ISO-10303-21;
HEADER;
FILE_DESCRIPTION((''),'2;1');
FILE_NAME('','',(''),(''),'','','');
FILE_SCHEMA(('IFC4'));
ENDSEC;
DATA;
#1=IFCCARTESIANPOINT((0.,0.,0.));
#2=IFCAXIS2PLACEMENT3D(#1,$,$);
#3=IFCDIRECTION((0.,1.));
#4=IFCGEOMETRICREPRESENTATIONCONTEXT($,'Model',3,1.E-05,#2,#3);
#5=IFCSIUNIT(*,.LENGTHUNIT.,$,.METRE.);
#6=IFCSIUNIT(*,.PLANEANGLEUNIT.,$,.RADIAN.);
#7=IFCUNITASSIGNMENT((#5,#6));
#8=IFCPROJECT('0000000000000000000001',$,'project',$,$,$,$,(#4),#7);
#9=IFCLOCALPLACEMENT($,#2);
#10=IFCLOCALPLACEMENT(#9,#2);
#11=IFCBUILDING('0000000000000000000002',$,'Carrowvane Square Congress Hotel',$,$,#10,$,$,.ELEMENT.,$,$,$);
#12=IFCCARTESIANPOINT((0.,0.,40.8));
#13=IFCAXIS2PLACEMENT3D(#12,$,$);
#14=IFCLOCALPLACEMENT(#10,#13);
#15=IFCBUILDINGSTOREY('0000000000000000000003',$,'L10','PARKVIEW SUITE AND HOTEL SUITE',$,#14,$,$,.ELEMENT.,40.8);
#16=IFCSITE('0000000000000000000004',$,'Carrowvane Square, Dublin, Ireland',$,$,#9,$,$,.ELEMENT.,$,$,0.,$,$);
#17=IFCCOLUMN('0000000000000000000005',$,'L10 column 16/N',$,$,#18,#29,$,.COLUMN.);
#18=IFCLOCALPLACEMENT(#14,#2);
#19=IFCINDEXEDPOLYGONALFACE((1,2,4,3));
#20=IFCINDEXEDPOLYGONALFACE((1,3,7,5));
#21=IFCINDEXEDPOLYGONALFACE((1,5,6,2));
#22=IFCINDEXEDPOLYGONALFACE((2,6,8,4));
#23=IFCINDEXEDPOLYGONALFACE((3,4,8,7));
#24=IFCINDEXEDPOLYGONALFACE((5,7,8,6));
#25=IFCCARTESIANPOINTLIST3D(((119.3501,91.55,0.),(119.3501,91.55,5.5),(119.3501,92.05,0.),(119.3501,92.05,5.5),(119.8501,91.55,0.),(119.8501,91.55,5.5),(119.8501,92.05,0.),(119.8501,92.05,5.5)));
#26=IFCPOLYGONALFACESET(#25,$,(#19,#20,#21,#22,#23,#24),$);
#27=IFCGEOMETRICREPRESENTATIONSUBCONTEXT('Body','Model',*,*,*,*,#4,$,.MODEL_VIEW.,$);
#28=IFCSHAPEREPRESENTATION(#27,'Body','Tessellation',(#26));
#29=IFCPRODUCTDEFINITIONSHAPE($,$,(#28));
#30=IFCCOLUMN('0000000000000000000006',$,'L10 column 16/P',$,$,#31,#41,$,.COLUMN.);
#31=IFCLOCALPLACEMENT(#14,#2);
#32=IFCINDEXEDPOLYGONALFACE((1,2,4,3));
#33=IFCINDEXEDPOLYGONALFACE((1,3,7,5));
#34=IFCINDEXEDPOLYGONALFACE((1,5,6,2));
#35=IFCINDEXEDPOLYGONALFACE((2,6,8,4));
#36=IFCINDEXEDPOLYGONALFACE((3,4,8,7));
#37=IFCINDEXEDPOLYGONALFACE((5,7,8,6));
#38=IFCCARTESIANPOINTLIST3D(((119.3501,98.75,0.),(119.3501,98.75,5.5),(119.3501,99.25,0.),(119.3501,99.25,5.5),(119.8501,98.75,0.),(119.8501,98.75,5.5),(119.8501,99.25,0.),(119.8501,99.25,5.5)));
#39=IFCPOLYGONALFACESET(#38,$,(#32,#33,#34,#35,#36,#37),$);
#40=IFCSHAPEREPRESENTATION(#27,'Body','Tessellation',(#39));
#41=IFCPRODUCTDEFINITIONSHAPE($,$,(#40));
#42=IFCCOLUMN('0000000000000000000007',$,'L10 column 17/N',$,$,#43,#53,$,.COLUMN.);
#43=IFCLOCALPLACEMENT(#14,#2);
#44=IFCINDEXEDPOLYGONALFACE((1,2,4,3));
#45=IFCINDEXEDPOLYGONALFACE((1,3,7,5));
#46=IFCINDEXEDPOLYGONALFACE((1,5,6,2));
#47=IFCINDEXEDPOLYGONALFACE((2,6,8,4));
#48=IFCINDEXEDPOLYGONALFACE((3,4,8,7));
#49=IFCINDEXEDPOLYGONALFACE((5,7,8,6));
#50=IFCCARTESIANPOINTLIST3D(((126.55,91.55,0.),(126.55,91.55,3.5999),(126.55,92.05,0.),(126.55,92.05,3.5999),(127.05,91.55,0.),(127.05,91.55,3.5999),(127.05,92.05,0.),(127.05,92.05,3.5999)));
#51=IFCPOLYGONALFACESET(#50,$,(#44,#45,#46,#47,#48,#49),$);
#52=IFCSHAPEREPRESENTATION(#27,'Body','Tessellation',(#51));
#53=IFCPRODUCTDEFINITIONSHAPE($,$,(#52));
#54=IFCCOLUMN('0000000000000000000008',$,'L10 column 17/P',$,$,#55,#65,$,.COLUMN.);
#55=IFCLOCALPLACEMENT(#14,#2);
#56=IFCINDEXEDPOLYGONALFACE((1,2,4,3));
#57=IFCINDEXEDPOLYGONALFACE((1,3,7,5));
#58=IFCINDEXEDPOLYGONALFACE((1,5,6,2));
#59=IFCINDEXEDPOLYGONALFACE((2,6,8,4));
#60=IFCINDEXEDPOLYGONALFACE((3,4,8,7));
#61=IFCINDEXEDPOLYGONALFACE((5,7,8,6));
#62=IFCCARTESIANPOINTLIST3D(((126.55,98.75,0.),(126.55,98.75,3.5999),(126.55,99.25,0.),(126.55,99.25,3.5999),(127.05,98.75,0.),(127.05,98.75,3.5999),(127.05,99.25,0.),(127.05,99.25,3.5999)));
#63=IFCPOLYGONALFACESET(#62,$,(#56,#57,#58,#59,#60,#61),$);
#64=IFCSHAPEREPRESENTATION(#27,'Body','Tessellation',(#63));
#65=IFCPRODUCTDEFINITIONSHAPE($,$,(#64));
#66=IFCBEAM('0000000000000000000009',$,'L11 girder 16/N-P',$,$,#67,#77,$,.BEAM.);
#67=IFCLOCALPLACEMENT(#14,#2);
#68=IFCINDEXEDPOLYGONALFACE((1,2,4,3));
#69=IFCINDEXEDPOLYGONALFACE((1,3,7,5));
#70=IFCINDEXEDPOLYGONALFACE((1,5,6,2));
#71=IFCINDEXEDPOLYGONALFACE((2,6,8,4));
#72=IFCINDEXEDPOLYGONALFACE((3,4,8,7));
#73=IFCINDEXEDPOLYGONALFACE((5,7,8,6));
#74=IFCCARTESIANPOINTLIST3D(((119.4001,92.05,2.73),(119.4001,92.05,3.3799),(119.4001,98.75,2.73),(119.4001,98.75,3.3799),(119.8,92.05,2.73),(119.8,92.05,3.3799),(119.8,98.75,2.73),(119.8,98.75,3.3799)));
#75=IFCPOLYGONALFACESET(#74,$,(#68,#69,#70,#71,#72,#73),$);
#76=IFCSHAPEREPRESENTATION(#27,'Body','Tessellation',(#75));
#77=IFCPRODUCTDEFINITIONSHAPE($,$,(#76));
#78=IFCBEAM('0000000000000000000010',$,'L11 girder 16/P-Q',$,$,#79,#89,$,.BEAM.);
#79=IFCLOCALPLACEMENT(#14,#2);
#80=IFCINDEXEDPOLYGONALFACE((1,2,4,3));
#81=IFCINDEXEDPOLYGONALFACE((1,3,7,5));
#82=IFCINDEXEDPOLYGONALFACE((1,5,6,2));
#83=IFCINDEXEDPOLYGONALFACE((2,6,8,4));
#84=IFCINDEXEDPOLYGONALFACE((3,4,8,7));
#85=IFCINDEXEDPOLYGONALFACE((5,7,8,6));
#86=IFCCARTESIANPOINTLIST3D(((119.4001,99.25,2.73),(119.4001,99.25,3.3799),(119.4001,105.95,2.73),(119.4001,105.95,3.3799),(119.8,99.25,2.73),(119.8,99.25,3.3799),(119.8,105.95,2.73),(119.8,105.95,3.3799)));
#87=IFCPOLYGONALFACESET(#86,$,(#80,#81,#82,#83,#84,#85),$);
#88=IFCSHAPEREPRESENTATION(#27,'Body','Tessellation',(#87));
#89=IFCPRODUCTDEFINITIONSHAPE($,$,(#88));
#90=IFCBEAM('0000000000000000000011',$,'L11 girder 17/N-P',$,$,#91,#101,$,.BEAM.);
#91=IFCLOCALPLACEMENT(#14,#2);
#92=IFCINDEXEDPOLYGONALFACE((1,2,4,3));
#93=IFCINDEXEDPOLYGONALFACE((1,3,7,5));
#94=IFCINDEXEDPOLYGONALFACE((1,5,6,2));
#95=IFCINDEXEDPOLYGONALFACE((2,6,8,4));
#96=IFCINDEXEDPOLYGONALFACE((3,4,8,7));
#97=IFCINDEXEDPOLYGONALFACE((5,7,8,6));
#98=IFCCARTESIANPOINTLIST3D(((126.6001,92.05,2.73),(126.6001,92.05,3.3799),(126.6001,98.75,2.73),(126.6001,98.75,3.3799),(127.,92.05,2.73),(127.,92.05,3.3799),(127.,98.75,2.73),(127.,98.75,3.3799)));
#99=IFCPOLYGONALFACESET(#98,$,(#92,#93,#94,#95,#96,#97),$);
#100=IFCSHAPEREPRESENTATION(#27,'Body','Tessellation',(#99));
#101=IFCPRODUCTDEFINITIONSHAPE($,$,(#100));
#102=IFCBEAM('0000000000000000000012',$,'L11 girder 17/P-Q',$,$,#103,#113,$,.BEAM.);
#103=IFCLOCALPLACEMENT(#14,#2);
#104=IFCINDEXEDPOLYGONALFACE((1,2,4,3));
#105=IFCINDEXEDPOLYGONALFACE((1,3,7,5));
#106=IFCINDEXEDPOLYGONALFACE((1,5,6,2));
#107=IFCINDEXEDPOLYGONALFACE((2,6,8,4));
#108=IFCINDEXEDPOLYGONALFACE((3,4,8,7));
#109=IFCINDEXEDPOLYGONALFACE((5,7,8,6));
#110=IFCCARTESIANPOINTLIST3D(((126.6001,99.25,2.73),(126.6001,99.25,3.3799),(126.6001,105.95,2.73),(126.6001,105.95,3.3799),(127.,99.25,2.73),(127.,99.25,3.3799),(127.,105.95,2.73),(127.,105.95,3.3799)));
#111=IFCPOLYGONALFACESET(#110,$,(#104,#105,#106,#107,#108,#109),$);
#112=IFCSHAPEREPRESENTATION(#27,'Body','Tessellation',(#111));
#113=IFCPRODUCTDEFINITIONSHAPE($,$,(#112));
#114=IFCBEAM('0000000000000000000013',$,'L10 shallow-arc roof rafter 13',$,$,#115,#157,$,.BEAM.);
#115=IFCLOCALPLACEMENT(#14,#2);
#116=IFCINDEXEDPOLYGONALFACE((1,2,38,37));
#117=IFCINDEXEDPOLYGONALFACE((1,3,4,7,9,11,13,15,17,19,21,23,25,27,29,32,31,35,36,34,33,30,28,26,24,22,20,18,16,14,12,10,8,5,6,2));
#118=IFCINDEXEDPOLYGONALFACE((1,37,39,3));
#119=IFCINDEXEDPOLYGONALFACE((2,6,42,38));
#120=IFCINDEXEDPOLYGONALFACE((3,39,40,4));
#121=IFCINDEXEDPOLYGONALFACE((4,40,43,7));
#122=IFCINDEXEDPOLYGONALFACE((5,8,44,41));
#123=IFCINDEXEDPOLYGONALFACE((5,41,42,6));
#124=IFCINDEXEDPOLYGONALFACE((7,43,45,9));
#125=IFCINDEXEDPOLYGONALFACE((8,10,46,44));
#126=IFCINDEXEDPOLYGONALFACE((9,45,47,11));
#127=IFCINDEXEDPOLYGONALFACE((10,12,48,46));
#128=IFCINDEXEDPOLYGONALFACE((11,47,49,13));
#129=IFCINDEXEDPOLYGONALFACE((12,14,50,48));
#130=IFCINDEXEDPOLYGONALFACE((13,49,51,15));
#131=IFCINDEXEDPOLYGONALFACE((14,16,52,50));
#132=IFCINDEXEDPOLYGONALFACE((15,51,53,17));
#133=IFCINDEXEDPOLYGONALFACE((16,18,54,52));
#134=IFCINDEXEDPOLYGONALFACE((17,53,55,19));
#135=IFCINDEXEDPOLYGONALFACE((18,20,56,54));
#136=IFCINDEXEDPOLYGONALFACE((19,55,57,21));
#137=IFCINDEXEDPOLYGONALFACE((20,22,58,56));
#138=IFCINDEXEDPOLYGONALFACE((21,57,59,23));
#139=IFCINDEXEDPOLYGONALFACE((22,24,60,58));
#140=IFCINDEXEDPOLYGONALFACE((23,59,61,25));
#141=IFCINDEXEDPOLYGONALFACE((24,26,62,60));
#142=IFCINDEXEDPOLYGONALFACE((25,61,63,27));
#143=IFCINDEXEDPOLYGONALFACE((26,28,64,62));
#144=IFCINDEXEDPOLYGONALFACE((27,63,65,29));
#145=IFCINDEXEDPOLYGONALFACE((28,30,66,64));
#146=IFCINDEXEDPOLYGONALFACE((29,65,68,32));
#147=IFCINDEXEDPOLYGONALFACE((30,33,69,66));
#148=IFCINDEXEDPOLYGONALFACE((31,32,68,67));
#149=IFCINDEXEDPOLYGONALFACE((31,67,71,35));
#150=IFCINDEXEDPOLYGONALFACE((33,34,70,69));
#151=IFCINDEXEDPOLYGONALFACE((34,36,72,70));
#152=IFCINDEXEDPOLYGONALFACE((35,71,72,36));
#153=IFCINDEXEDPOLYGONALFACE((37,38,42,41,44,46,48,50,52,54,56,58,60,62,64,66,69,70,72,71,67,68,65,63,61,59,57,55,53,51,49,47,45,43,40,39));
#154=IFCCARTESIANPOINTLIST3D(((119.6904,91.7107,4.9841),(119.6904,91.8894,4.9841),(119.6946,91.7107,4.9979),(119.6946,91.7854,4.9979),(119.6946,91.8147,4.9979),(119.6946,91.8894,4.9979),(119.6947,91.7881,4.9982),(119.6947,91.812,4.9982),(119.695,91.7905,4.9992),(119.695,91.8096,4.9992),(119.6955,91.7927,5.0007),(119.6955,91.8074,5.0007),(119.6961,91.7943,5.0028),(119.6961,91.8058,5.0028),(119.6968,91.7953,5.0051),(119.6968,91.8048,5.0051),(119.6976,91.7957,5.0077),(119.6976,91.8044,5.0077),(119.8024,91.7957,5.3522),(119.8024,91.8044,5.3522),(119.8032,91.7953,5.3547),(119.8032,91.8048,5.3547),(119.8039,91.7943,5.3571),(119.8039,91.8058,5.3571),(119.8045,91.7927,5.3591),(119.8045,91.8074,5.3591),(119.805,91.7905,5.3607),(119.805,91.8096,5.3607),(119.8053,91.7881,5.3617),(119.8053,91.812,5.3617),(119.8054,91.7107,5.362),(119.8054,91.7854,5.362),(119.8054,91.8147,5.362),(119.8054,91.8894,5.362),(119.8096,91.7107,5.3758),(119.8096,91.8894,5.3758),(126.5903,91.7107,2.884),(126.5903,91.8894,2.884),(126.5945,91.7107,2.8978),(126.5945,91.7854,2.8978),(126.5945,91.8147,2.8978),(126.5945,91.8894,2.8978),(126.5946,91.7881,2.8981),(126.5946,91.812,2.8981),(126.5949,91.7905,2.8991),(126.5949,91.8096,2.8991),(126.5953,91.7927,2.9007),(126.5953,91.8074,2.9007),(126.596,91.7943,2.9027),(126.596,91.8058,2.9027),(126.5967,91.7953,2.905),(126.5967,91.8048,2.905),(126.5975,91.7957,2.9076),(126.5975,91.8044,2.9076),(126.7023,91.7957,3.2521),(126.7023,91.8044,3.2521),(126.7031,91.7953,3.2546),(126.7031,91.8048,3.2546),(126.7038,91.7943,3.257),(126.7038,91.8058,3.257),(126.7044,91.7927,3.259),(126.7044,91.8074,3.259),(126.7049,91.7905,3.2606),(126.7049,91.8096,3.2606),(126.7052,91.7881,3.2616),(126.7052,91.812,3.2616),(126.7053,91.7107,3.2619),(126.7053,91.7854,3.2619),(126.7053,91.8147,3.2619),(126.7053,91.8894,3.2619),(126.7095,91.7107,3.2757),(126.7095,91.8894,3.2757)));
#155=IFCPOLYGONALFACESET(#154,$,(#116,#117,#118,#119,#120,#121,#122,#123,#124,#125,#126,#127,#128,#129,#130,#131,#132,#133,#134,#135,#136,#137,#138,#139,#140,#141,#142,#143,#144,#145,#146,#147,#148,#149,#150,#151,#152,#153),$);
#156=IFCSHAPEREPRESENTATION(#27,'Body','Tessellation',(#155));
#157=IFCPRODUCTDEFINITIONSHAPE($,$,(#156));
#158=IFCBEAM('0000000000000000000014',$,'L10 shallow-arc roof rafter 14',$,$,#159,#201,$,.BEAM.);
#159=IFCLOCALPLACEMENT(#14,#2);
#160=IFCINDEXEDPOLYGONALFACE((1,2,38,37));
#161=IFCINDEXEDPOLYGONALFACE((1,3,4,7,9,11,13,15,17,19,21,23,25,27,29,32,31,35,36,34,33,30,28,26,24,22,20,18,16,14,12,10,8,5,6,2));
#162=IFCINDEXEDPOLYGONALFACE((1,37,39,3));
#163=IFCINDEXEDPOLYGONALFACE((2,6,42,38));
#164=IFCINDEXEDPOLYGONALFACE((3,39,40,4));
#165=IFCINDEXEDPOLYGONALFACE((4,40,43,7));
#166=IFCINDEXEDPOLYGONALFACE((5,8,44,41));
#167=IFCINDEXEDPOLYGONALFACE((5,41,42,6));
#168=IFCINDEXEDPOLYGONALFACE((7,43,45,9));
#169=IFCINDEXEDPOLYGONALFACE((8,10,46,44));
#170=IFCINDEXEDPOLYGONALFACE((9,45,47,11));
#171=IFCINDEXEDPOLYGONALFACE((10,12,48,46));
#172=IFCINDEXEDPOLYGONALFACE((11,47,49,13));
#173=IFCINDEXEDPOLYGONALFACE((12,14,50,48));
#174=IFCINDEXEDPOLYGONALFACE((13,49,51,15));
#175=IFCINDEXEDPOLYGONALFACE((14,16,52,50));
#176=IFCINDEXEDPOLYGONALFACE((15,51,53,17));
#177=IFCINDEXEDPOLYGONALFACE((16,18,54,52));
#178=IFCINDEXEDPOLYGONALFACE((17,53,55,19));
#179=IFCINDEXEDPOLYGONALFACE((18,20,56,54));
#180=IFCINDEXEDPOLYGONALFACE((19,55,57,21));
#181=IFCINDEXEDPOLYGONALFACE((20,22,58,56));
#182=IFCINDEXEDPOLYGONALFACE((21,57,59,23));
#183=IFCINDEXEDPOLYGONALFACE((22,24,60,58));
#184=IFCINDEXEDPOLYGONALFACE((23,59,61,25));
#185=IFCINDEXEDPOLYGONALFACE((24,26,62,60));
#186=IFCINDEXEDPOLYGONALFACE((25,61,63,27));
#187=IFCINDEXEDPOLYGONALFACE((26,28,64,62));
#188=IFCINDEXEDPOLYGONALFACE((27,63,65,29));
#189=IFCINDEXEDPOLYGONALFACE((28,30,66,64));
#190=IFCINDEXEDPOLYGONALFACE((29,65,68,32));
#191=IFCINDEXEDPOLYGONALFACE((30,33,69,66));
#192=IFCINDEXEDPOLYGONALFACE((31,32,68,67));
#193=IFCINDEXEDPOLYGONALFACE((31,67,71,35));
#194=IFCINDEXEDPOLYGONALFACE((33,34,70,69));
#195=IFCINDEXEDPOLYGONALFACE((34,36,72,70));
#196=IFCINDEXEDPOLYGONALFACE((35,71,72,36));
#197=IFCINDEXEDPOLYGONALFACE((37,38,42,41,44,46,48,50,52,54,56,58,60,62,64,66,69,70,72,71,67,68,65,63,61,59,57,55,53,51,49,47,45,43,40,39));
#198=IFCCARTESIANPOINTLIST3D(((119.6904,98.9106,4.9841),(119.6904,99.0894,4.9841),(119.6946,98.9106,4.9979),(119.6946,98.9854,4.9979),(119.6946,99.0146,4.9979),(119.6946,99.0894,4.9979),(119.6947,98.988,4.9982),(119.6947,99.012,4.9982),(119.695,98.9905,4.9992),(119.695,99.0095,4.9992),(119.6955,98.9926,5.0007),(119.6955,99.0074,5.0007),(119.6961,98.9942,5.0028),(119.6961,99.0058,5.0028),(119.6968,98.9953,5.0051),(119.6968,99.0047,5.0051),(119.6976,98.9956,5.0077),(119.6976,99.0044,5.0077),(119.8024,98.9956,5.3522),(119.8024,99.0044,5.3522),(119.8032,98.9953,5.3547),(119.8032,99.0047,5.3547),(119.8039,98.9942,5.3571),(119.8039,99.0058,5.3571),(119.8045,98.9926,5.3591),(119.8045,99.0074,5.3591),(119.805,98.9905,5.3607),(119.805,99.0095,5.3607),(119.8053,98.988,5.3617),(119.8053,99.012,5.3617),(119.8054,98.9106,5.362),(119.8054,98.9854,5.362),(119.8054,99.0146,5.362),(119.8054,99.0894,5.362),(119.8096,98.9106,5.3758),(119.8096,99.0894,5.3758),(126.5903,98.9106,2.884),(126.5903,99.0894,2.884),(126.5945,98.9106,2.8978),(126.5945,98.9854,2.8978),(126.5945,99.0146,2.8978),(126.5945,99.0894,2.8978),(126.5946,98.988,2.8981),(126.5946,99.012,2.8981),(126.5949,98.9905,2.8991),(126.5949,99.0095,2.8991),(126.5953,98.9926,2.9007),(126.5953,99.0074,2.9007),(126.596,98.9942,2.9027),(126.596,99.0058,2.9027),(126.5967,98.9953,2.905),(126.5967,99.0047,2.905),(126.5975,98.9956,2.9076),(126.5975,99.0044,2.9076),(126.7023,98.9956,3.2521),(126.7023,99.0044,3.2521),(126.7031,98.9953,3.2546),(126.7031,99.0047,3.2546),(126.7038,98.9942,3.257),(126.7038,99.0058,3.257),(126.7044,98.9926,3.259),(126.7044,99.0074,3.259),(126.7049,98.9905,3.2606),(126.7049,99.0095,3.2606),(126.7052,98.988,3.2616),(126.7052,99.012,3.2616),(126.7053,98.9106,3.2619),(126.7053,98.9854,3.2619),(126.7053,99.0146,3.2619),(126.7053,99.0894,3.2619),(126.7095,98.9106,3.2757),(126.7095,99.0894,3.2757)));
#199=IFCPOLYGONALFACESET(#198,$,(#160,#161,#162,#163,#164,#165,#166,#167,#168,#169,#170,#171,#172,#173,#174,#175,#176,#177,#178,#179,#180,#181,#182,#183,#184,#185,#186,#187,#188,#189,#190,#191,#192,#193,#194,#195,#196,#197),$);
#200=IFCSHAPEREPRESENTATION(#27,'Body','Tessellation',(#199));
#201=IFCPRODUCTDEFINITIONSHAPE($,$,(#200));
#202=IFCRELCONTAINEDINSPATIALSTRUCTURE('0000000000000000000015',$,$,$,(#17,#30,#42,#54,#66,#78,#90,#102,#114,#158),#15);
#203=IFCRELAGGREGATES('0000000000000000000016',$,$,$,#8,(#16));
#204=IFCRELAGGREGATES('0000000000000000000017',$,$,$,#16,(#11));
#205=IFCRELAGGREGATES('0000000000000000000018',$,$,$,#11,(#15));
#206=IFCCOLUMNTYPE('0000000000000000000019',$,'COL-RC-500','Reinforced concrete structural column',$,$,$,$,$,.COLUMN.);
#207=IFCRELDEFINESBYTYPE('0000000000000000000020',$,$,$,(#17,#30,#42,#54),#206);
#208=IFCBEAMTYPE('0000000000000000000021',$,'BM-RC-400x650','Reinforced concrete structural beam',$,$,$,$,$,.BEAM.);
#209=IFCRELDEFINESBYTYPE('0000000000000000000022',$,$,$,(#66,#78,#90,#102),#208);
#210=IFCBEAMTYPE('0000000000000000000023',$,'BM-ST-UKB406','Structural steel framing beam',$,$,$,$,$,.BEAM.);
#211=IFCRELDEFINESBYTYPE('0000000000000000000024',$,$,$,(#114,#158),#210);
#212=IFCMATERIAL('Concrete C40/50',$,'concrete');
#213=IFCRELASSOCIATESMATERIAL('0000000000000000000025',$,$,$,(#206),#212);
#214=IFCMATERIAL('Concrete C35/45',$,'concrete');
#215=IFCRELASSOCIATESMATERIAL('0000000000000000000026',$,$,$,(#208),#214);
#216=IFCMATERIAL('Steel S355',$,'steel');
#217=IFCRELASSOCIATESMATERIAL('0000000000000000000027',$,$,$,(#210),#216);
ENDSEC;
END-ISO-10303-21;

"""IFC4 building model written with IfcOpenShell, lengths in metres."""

from ifc_helpers import new_model, si_unit, direction, frame, origin, origin_2d, place, context, subcontext, project, spatial, rectangle, i_section, extrude, material, material_profile, profile_set, type_object, element, save


model = new_model("IFC4")

# Units and contexts
model_context = context("Model", 3, precision=1e-05, world=origin(), true_north=direction((0.0, 1.0)))
body_context = subcontext(model_context, "Body", "Model", "MODEL_VIEW")
ifc_project = project(units=[si_unit("LENGTHUNIT", "METRE"), si_unit("PLANEANGLEUNIT", "RADIAN")], contexts=[model_context])

# Site, building, storey
site_placement = place(None, origin())
site = spatial("IfcSite", under=ifc_project, at=site_placement, Name="Carrowvane Square, Dublin, Ireland", CompositionType="ELEMENT", RefElevation=0.0)
building_placement = place(site_placement, origin())
building = spatial("IfcBuilding", under=site, at=building_placement, Name="Carrowvane Square Congress Hotel", CompositionType="ELEMENT")
storey_placement = place(building_placement, frame((0.0, 0.0, 40.8)))
storey = spatial("IfcBuildingStorey", under=building, at=storey_placement, Name="L10", Description="PARKVIEW SUITE AND HOTEL SUITE", CompositionType="ELEMENT", Elevation=40.8)

# Columns
ifc_material_1 = material(Name="Concrete C40/50", Category="concrete")
ifc_material_profile_1 = material_profile(ifc_material_1, rectangle(XDim=0.5, YDim=0.5, at=origin_2d()), Name="RC 500x500")
ifc_profile_set_1 = profile_set([ifc_material_profile_1], Name="Concrete C40/50")
column_type = type_object("IfcColumnType", Name="COL-RC-500", Description="Reinforced concrete structural column", PredefinedType="COLUMN", material=ifc_profile_set_1)
for number, where, z_axis, x_axis, name in (
    (1, (119.6001, 91.8, 0.0), (0.0, 0.0, 1.0), (1.0, 0.0, 0.0), "L10 column 16/N"),
    (2, (119.6001, 99.0, 0.0), (0.0, 0.0, 1.0), (1.0, 0.0, 0.0), "L10 column 16/P"),
):
    element("IfcColumn", number, at=place(storey_placement, frame(where, z_axis=z_axis, x_axis=x_axis)), inside=storey, type_object=column_type, Name=name, PredefinedType="COLUMN", context=body_context, shape_type="SweptSolid", body=[
        extrude(rectangle(XDim=0.5, YDim=0.5, at=origin_2d()), origin(), (0.0, 0.0, 1.0), 5.5),
    ])
for number, where, z_axis, x_axis, name in (
    (3, (126.8, 91.8, 0.0), (0.0, 0.0, 1.0), (1.0, 0.0, 0.0), "L10 column 17/N"),
    (4, (126.8, 99.0, 0.0), (0.0, 0.0, 1.0), (1.0, 0.0, 0.0), "L10 column 17/P"),
):
    element("IfcColumn", number, at=place(storey_placement, frame(where, z_axis=z_axis, x_axis=x_axis)), inside=storey, type_object=column_type, Name=name, PredefinedType="COLUMN", context=body_context, shape_type="SweptSolid", body=[
        extrude(rectangle(XDim=0.5, YDim=0.5, at=origin_2d()), origin(), (0.0, 0.0, 1.0), 3.5999),
    ])

# Beams
ifc_material_2 = material(Name="Concrete C35/45", Category="concrete")
ifc_material_profile_2 = material_profile(ifc_material_2, rectangle(XDim=0.3999, YDim=0.6499, at=origin_2d()), Name="RC 400x650")
ifc_profile_set_2 = profile_set([ifc_material_profile_2], Name="Concrete C35/45")
beam_type_1 = type_object("IfcBeamType", Name="BM-RC-400x650", Description="Reinforced concrete structural beam", PredefinedType="BEAM", material=ifc_profile_set_2)
for number, where, z_axis, x_axis, name in (
    (5, (119.6001, 92.05, 3.0549), (0.0, 1.0, 0.0), (-1.0, 0.0, 0.0), "L11 girder 16/N-P"),
    (6, (119.6001, 99.25, 3.0549), (0.0, 1.0, 0.0), (-1.0, 0.0, 0.0), "L11 girder 16/P-Q"),
    (7, (126.8, 92.05, 3.0549), (0.0, 1.0, 0.0), (-1.0, 0.0, 0.0), "L11 girder 17/N-P"),
    (8, (126.8, 99.25, 3.0549), (0.0, 1.0, 0.0), (-1.0, 0.0, 0.0), "L11 girder 17/P-Q"),
):
    element("IfcBeam", number, at=place(storey_placement, frame(where, z_axis=z_axis, x_axis=x_axis)), inside=storey, type_object=beam_type_1, Name=name, PredefinedType="BEAM", context=body_context, shape_type="SweptSolid", body=[
        extrude(rectangle(XDim=0.3999, YDim=0.6499, at=origin_2d()), origin(), (0.0, 0.0, 1.0), 6.7),
    ])
ifc_material_3 = material(Name="Steel S355", Category="steel")
ifc_material_profile_3 = material_profile(ifc_material_3, i_section(OverallWidth=0.1787, OverallDepth=0.4094, WebThickness=0.0088, FlangeThickness=0.0144, FilletRadius=0.0103, at=origin_2d()), Name="UKB 406x178x67")
ifc_profile_set_3 = profile_set([ifc_material_profile_3], Name="Steel S355")
beam_type_2 = type_object("IfcBeamType", Name="BM-ST-UKB406", Description="Structural steel framing beam", PredefinedType="BEAM", material=ifc_profile_set_3)
for number, where, z_axis, x_axis, name in (
    (9, (119.75, 91.8, 5.1799), (0.956669, 0.0, -0.291178), (0.0, 1.0, 0.0), "L10 shallow-arc roof rafter 13"),
    (10, (119.75, 99.0, 5.1799), (0.956669, 0.0, -0.291178), (0.0, 1.0, 0.0), "L10 shallow-arc roof rafter 14"),
):
    element("IfcBeam", number, at=place(storey_placement, frame(where, z_axis=z_axis, x_axis=x_axis)), inside=storey, type_object=beam_type_2, Name=name, PredefinedType="BEAM", context=body_context, shape_type="SweptSolid", body=[
        extrude(i_section(OverallWidth=0.1787, OverallDepth=0.4094, WebThickness=0.0088, FlangeThickness=0.0144, FilletRadius=0.0103, at=origin_2d()), origin(), (0.0, 0.0, 1.0), 7.2124),
    ])

save(model, "model.ifc")
